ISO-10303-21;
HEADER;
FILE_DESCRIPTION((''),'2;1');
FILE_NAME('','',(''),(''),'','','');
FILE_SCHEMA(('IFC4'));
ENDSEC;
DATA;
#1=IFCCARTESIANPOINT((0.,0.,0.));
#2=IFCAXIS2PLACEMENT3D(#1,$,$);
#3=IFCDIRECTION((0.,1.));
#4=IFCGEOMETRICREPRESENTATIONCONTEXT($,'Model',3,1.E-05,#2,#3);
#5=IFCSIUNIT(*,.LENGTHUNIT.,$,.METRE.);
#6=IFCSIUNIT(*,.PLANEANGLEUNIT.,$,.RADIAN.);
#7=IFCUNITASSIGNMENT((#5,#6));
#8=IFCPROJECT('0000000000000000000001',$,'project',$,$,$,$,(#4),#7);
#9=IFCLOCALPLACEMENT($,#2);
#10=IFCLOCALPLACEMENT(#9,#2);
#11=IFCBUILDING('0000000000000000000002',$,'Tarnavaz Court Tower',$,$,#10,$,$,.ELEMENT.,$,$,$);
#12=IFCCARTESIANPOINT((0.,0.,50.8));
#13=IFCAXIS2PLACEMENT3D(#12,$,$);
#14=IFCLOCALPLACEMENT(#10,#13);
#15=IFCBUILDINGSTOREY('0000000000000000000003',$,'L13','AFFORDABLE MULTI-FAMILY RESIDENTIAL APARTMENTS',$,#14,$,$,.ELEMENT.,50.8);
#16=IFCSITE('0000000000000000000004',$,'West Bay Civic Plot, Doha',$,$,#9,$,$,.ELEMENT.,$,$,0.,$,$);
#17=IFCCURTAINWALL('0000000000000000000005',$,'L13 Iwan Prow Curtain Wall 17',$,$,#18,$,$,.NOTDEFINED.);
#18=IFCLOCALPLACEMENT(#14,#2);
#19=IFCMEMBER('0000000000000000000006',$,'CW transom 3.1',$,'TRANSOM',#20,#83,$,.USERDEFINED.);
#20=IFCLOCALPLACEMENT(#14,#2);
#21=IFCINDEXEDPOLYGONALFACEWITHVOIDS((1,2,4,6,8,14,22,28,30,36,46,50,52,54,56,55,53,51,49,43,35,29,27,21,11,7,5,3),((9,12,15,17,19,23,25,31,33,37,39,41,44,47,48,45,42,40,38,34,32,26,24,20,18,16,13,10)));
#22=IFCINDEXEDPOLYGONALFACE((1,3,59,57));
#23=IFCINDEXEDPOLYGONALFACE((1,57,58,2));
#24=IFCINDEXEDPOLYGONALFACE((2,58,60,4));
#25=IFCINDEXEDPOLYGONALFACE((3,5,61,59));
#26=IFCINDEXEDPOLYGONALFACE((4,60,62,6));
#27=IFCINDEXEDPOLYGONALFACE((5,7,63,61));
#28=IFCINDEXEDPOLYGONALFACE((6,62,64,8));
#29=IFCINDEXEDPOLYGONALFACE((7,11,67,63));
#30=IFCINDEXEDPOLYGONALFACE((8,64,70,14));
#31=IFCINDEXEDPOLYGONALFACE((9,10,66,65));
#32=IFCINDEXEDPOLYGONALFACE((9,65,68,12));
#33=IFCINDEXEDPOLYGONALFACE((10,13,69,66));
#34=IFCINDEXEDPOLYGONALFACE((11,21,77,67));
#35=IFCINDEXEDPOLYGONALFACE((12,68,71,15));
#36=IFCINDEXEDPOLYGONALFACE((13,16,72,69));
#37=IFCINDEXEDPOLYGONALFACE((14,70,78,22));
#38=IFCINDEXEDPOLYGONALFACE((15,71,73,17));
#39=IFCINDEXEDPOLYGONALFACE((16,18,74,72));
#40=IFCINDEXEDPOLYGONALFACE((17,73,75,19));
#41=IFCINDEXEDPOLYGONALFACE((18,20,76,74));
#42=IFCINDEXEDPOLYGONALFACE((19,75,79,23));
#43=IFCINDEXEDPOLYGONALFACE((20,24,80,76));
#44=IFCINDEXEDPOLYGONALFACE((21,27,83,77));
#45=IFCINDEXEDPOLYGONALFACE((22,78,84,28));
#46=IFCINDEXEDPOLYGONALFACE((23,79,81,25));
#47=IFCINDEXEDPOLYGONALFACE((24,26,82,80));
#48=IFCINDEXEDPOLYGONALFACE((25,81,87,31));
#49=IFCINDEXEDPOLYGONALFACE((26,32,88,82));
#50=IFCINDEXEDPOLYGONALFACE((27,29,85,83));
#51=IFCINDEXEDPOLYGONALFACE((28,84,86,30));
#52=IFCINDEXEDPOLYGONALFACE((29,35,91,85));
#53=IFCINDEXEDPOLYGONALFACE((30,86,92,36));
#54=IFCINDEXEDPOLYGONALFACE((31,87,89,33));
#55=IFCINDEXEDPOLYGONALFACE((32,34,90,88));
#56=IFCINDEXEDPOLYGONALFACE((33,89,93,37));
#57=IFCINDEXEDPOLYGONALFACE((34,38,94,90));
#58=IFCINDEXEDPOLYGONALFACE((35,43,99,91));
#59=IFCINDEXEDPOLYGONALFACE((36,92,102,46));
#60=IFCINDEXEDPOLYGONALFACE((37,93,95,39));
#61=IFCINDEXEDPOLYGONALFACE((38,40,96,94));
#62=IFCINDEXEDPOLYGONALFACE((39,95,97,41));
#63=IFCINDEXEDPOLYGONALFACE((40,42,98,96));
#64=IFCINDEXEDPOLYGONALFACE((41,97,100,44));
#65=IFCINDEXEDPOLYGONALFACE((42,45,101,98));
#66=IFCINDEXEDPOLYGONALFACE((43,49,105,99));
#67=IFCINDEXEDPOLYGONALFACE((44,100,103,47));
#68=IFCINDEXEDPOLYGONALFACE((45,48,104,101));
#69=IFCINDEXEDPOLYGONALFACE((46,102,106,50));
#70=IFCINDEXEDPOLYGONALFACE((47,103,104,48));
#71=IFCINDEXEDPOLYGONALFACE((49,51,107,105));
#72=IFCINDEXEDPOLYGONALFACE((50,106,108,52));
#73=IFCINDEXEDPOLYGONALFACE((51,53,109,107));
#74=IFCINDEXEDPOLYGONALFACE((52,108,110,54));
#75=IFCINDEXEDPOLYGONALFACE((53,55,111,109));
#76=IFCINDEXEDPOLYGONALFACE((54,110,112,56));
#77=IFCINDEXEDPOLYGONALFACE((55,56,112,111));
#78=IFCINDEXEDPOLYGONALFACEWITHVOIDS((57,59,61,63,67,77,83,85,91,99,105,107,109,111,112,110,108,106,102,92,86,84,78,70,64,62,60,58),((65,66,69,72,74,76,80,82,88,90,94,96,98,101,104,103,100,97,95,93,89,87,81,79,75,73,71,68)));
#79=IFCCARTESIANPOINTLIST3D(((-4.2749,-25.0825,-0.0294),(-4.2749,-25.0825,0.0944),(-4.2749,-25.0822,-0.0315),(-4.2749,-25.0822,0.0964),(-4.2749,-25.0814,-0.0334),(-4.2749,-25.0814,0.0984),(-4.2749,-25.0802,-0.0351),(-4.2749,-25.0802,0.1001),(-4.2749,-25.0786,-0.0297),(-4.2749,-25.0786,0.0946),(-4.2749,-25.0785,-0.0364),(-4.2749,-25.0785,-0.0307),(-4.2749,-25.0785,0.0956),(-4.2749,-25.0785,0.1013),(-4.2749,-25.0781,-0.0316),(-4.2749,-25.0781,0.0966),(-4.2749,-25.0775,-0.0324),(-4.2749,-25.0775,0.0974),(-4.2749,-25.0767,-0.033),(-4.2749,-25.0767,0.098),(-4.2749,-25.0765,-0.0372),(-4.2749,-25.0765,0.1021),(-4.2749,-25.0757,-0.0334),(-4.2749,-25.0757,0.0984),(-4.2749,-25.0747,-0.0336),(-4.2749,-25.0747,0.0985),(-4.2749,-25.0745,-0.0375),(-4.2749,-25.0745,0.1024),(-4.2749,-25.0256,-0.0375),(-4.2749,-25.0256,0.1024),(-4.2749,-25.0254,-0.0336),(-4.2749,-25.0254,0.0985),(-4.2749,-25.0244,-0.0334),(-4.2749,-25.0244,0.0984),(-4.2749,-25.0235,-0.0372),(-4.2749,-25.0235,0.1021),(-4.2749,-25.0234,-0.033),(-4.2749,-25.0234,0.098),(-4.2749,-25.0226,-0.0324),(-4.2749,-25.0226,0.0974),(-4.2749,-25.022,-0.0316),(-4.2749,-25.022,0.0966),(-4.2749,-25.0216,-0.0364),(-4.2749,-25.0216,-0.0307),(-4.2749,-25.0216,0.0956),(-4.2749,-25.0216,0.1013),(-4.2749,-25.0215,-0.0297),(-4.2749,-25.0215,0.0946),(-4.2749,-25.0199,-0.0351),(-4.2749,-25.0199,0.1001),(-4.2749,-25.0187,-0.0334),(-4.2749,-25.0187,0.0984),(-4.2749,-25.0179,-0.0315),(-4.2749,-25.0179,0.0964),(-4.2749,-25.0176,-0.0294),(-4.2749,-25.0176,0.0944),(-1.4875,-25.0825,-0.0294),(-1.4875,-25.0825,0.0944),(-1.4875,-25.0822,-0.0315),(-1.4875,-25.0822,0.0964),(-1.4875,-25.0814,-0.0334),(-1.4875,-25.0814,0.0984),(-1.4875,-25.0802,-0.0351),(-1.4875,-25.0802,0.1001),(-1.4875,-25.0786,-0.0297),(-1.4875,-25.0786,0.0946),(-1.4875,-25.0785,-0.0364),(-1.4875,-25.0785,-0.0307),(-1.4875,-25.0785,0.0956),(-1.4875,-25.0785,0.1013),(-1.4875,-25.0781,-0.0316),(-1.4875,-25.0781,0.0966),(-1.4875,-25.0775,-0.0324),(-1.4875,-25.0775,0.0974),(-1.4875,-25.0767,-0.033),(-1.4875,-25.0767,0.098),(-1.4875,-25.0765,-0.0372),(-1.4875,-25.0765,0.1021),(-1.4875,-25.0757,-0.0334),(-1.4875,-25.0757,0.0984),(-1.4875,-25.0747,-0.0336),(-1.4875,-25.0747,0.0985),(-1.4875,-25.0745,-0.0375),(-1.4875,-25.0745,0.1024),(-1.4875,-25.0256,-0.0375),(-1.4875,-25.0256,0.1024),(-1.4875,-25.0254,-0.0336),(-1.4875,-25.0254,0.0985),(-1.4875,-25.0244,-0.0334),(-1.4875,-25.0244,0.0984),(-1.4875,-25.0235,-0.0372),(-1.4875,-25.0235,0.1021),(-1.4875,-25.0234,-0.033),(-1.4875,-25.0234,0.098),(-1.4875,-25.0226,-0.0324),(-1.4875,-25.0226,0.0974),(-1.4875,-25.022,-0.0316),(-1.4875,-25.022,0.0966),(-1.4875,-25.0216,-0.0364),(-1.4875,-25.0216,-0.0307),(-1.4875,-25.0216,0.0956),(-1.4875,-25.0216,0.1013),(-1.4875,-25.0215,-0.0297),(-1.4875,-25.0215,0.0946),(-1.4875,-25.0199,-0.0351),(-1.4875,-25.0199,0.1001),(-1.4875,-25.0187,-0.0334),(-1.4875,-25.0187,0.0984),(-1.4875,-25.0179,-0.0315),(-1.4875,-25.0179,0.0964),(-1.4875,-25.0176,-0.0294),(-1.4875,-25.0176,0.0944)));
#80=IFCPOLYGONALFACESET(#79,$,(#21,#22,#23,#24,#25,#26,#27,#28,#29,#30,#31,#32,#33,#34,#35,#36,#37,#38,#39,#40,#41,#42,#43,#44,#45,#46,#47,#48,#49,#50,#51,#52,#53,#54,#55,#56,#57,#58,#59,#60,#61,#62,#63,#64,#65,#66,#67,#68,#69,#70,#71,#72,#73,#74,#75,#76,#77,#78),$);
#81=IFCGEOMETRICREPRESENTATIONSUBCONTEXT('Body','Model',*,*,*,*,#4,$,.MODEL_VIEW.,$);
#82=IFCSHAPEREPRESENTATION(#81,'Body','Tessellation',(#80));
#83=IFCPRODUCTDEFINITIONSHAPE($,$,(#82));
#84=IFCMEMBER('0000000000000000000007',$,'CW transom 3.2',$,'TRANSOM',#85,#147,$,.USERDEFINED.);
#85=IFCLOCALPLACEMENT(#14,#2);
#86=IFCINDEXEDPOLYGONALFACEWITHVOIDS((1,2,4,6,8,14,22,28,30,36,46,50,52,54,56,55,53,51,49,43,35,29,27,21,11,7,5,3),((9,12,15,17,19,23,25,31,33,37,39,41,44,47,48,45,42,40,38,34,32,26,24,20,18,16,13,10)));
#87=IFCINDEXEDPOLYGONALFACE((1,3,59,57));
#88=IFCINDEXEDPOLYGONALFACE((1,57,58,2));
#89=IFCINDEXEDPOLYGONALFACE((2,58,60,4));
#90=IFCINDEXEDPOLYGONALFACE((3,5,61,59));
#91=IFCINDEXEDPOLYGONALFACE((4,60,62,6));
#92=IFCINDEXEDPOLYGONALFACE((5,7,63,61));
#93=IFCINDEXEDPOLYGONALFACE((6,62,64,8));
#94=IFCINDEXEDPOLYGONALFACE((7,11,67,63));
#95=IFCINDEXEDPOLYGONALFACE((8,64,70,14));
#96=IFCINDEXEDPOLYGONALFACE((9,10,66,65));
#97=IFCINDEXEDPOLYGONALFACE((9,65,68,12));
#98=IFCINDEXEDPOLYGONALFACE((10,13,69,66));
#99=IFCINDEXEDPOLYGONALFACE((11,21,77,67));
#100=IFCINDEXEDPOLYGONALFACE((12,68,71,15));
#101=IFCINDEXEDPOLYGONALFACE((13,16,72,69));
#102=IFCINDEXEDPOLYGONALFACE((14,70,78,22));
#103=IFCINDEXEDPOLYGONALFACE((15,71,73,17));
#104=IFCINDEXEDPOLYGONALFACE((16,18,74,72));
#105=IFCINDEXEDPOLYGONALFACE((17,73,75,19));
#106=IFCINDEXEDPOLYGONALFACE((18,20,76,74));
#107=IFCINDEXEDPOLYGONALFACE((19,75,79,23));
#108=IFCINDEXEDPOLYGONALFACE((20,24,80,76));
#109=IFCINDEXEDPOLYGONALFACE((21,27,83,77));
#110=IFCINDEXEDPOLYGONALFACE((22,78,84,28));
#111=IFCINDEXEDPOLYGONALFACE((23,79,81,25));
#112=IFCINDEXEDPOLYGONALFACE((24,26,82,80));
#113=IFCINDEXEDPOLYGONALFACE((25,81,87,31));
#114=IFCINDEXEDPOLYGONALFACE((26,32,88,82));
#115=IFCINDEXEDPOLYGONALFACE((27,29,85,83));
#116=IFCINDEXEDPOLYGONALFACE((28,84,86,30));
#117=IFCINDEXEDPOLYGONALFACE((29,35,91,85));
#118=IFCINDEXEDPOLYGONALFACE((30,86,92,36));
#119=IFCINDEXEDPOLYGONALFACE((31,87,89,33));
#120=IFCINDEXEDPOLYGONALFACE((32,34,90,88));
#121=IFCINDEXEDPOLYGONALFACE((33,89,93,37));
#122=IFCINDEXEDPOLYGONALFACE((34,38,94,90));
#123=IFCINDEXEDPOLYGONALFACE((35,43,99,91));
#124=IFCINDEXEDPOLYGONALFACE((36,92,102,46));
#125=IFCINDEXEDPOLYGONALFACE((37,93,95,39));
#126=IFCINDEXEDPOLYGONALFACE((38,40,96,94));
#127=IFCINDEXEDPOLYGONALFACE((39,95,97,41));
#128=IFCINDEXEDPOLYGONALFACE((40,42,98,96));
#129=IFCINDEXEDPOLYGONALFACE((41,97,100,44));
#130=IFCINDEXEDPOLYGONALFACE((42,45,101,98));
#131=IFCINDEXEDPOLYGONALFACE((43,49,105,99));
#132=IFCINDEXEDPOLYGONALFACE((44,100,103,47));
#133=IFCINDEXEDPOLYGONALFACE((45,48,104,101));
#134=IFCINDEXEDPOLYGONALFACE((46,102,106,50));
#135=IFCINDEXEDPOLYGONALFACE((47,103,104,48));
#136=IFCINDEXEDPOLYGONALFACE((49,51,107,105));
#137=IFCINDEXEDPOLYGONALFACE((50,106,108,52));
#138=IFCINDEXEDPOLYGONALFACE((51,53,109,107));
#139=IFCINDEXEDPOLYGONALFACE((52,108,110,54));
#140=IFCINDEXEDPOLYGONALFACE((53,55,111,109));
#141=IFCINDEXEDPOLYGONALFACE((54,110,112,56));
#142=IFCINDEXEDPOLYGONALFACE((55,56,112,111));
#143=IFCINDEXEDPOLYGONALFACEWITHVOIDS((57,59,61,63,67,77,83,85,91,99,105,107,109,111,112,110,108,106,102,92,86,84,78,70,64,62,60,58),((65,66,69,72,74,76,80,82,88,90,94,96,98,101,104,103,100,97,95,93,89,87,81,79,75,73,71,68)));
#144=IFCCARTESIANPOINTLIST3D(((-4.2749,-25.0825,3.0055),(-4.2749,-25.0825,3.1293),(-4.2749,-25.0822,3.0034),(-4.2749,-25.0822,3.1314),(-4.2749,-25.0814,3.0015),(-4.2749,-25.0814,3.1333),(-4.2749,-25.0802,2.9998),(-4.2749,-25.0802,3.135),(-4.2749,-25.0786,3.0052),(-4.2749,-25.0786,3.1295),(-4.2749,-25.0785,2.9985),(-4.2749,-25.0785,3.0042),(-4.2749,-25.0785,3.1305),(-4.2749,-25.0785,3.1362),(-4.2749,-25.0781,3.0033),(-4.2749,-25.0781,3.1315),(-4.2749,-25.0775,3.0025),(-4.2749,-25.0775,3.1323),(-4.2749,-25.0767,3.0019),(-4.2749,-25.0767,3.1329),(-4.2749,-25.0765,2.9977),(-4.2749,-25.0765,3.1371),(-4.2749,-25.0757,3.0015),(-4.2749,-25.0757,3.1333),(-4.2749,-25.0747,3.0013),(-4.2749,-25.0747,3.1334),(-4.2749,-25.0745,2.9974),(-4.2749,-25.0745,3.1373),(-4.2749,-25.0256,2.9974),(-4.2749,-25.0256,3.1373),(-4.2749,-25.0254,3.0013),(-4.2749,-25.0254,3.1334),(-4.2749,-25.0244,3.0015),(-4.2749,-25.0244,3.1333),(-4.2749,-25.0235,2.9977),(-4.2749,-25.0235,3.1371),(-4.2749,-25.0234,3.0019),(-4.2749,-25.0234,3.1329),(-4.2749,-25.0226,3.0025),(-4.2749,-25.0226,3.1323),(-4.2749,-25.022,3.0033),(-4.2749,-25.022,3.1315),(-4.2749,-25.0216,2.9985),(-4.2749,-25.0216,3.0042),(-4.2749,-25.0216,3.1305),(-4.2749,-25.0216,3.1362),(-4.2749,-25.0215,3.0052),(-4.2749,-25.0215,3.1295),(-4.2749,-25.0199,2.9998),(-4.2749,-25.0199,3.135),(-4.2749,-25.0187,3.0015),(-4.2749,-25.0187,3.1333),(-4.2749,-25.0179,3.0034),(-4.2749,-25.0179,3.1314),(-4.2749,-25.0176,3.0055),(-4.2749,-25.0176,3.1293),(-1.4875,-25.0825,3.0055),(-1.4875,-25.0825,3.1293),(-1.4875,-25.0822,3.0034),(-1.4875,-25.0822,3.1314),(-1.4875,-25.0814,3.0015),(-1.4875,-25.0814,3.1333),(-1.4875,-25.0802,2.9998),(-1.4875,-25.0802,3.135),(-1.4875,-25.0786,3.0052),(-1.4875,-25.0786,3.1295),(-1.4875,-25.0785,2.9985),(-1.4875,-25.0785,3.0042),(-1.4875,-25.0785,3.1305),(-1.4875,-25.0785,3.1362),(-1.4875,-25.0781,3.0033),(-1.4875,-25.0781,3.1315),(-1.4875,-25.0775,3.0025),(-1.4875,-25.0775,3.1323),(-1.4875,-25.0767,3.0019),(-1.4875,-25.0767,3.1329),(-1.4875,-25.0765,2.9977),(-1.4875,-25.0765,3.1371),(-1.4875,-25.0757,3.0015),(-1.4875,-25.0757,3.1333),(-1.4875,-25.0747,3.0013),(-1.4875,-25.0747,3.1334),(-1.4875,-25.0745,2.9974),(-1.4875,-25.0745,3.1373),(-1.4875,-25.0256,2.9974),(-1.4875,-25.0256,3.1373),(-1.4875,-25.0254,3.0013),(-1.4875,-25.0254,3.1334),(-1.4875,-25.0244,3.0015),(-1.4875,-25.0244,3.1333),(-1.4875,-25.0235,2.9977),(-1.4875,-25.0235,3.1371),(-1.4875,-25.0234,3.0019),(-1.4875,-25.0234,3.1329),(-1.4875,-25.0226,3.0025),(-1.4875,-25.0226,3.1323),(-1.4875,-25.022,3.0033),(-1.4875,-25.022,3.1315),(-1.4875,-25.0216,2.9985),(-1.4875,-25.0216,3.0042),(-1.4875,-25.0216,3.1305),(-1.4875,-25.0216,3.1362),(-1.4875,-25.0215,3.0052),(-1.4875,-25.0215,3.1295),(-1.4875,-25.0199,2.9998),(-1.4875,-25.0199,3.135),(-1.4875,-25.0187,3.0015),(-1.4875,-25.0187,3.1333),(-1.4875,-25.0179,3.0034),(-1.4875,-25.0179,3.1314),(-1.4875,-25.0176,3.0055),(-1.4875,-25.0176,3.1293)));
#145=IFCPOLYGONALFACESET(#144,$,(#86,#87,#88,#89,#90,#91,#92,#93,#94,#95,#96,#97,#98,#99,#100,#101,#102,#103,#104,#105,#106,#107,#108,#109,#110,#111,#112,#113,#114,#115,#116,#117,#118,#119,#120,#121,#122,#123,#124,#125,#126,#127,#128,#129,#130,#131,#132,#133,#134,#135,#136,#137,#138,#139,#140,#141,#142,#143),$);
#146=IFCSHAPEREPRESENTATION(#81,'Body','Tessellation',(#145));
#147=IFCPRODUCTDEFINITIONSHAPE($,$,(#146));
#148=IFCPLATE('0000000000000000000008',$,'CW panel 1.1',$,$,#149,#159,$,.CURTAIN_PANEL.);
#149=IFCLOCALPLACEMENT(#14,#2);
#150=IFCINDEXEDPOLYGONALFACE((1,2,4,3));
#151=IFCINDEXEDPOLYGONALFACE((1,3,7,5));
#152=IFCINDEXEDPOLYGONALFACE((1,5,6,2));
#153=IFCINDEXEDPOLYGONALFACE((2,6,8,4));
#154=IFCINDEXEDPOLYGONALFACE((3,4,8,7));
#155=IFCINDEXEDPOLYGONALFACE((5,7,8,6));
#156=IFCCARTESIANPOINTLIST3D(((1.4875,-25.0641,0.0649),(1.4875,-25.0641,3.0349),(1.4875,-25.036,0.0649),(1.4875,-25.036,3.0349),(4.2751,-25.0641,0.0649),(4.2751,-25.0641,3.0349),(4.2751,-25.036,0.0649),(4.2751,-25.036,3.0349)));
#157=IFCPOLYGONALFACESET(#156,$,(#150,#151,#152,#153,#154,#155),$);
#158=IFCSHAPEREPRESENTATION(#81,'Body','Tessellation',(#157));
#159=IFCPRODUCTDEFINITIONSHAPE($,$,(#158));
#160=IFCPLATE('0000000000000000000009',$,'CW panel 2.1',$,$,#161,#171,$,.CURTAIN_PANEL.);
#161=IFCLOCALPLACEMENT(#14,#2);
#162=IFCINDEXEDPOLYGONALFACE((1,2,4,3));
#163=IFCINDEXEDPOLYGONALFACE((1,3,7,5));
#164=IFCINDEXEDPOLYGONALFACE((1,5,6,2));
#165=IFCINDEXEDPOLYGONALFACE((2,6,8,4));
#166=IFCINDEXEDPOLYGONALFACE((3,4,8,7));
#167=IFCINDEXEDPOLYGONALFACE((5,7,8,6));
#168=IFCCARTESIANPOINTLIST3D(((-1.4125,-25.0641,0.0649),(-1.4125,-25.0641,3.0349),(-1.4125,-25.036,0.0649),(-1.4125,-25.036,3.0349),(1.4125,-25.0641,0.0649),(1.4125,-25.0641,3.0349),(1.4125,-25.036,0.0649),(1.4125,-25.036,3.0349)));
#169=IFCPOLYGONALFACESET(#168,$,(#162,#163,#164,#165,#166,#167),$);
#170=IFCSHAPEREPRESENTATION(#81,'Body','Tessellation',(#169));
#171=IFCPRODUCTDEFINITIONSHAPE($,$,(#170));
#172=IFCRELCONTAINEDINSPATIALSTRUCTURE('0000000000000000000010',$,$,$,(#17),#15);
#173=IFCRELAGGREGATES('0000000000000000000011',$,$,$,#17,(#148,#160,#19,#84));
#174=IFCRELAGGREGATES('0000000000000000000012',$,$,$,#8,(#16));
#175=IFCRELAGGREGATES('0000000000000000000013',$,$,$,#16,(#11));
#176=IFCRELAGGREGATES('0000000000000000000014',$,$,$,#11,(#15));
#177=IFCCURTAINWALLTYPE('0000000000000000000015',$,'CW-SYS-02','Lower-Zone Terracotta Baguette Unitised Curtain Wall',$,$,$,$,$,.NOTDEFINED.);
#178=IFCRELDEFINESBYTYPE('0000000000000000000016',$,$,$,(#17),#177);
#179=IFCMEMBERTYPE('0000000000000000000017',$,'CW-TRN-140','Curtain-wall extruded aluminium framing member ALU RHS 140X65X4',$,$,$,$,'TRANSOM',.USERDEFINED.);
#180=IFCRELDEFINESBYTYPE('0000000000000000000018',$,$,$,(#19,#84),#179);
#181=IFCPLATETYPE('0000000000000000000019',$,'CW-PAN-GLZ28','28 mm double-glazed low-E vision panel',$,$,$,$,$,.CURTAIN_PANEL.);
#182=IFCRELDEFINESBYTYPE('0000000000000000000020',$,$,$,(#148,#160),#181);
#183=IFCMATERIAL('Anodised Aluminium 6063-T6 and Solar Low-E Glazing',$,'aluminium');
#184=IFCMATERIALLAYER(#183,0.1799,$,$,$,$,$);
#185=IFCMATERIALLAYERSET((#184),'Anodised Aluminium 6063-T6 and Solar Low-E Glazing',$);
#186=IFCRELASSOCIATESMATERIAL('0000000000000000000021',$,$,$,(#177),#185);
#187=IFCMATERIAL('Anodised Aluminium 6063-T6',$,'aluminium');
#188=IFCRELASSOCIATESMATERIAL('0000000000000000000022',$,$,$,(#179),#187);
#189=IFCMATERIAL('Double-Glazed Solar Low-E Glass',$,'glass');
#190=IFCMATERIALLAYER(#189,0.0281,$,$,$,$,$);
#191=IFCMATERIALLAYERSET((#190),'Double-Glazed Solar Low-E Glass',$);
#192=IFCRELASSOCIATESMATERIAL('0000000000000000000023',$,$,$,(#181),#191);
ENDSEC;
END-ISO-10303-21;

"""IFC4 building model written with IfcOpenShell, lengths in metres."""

from ifc_helpers import new_model, si_unit, direction, frame, origin, origin_2d, place, context, subcontext, project, spatial, rectangle, hollow_rectangle, extrude, material, layer, layer_set, material_profile, profile_set, type_object, element, aggregate, save


model = new_model("IFC4")

# Units and contexts
model_context = context("Model", 3, precision=1e-05, world=origin(), true_north=direction((0.0, 1.0)))
body_context = subcontext(model_context, "Body", "Model", "MODEL_VIEW")
ifc_project = project(units=[si_unit("LENGTHUNIT", "METRE"), si_unit("PLANEANGLEUNIT", "RADIAN")], contexts=[model_context])

# Site, building, storey
site_placement = place(None, origin())
site = spatial("IfcSite", under=ifc_project, at=site_placement, Name="West Bay Civic Plot, Doha", CompositionType="ELEMENT", RefElevation=0.0)
building_placement = place(site_placement, origin())
building = spatial("IfcBuilding", under=site, at=building_placement, Name="Tarnavaz Court Tower", CompositionType="ELEMENT")
storey_placement = place(building_placement, frame((0.0, 0.0, 50.8)))
storey = spatial("IfcBuildingStorey", under=building, at=storey_placement, Name="L13", Description="AFFORDABLE MULTI-FAMILY RESIDENTIAL APARTMENTS", CompositionType="ELEMENT", Elevation=50.8)

# Curtain wall, members, plates
ifc_material_1 = material(Name="Anodised Aluminium 6063-T6 and Solar Low-E Glazing", Category="aluminium")
ifc_layer_1 = layer(ifc_material_1, 0.1799)
ifc_layer_set_1 = layer_set([ifc_layer_1], Name="Anodised Aluminium 6063-T6 and Solar Low-E Glazing")
curtain_wall_type = type_object("IfcCurtainWallType", Name="CW-SYS-02", Description="Lower-Zone Terracotta Baguette Unitised Curtain Wall", PredefinedType="NOTDEFINED", material=ifc_layer_set_1)
curtain_wall_placement = place(storey_placement, origin())
curtain_wall = element("IfcCurtainWall", 1, at=curtain_wall_placement, inside=storey, type_object=curtain_wall_type, Name="L13 Iwan Prow Curtain Wall 17", PredefinedType="NOTDEFINED")
ifc_material_2 = material(Name="Anodised Aluminium 6063-T6", Category="aluminium")
ifc_material_profile_1 = material_profile(ifc_material_2, hollow_rectangle(XDim=0.0649, YDim=0.1399, WallThickness=0.0039, InnerFilletRadius=0.0039, OuterFilletRadius=0.0081, at=origin_2d()), Name="ALU RHS 140X65X4")
ifc_profile_set_1 = profile_set([ifc_material_profile_1], Name="Anodised Aluminium 6063-T6")
member_type_1 = type_object("IfcMemberType", Name="CW-TRN-140", Description="Curtain-wall extruded aluminium framing member ALU RHS 140X65X4", ElementType="TRANSOM", PredefinedType="USERDEFINED", material=ifc_profile_set_1)
member_1_placement = place(storey_placement, frame((-1.4875, -25.05, 0.0325), z_axis=(-1.0, 0.0, 0.0), x_axis=(0.0, -1.0, 0.0)))
member_1 = element("IfcMember", 2, at=member_1_placement, type_object=member_type_1, Name="CW transom 3.1", ObjectType="TRANSOM", PredefinedType="USERDEFINED", context=body_context, shape_type="SweptSolid", body=[
    extrude(hollow_rectangle(XDim=0.0649, YDim=0.1399, WallThickness=0.0039, InnerFilletRadius=0.0039, OuterFilletRadius=0.0081, at=origin_2d()), origin(), (0.0, 0.0, 1.0), 2.7874),
])
member_2_placement = place(storey_placement, frame((-1.4875, -25.05, 3.0674), z_axis=(-1.0, 0.0, 0.0), x_axis=(0.0, -1.0, 0.0)))
member_2 = element("IfcMember", 3, at=member_2_placement, type_object=member_type_1, Name="CW transom 3.2", ObjectType="TRANSOM", PredefinedType="USERDEFINED", context=body_context, shape_type="SweptSolid", body=[
    extrude(hollow_rectangle(XDim=0.0649, YDim=0.1399, WallThickness=0.0039, InnerFilletRadius=0.0039, OuterFilletRadius=0.0081, at=origin_2d()), origin(), (0.0, 0.0, 1.0), 2.7874),
])
ifc_material_3 = material(Name="Double-Glazed Solar Low-E Glass", Category="glass")
ifc_layer_2 = layer(ifc_material_3, 0.0281)
ifc_layer_set_2 = layer_set([ifc_layer_2], Name="Double-Glazed Solar Low-E Glass")
plate_type = type_object("IfcPlateType", Name="CW-PAN-GLZ28", Description="28 mm double-glazed low-E vision panel", PredefinedType="CURTAIN_PANEL", material=ifc_layer_set_2)
plate_1_placement = place(storey_placement, frame((2.8813, -25.05, 0.0649), z_axis=(0.0, 0.0, 1.0), x_axis=(-1.0, 0.0, 0.0)))
plate_1 = element("IfcPlate", 4, at=plate_1_placement, type_object=plate_type, Name="CW panel 1.1", PredefinedType="CURTAIN_PANEL", context=body_context, shape_type="SweptSolid", body=[
    extrude(rectangle(XDim=2.7876, YDim=0.0281, at=origin_2d()), origin(), (0.0, 0.0, 1.0), 2.97),
])
plate_2_placement = place(storey_placement, frame((0.0, -25.05, 0.0649), z_axis=(0.0, 0.0, 1.0), x_axis=(-1.0, 0.0, 0.0)))
plate_2 = element("IfcPlate", 5, at=plate_2_placement, type_object=plate_type, Name="CW panel 2.1", PredefinedType="CURTAIN_PANEL", context=body_context, shape_type="SweptSolid", body=[
    extrude(rectangle(XDim=2.825, YDim=0.0281, at=origin_2d()), origin(), (0.0, 0.0, 1.0), 2.97),
])
aggregate(curtain_wall, [plate_1, plate_2, member_1, member_2])

save(model, "model.ifc")
